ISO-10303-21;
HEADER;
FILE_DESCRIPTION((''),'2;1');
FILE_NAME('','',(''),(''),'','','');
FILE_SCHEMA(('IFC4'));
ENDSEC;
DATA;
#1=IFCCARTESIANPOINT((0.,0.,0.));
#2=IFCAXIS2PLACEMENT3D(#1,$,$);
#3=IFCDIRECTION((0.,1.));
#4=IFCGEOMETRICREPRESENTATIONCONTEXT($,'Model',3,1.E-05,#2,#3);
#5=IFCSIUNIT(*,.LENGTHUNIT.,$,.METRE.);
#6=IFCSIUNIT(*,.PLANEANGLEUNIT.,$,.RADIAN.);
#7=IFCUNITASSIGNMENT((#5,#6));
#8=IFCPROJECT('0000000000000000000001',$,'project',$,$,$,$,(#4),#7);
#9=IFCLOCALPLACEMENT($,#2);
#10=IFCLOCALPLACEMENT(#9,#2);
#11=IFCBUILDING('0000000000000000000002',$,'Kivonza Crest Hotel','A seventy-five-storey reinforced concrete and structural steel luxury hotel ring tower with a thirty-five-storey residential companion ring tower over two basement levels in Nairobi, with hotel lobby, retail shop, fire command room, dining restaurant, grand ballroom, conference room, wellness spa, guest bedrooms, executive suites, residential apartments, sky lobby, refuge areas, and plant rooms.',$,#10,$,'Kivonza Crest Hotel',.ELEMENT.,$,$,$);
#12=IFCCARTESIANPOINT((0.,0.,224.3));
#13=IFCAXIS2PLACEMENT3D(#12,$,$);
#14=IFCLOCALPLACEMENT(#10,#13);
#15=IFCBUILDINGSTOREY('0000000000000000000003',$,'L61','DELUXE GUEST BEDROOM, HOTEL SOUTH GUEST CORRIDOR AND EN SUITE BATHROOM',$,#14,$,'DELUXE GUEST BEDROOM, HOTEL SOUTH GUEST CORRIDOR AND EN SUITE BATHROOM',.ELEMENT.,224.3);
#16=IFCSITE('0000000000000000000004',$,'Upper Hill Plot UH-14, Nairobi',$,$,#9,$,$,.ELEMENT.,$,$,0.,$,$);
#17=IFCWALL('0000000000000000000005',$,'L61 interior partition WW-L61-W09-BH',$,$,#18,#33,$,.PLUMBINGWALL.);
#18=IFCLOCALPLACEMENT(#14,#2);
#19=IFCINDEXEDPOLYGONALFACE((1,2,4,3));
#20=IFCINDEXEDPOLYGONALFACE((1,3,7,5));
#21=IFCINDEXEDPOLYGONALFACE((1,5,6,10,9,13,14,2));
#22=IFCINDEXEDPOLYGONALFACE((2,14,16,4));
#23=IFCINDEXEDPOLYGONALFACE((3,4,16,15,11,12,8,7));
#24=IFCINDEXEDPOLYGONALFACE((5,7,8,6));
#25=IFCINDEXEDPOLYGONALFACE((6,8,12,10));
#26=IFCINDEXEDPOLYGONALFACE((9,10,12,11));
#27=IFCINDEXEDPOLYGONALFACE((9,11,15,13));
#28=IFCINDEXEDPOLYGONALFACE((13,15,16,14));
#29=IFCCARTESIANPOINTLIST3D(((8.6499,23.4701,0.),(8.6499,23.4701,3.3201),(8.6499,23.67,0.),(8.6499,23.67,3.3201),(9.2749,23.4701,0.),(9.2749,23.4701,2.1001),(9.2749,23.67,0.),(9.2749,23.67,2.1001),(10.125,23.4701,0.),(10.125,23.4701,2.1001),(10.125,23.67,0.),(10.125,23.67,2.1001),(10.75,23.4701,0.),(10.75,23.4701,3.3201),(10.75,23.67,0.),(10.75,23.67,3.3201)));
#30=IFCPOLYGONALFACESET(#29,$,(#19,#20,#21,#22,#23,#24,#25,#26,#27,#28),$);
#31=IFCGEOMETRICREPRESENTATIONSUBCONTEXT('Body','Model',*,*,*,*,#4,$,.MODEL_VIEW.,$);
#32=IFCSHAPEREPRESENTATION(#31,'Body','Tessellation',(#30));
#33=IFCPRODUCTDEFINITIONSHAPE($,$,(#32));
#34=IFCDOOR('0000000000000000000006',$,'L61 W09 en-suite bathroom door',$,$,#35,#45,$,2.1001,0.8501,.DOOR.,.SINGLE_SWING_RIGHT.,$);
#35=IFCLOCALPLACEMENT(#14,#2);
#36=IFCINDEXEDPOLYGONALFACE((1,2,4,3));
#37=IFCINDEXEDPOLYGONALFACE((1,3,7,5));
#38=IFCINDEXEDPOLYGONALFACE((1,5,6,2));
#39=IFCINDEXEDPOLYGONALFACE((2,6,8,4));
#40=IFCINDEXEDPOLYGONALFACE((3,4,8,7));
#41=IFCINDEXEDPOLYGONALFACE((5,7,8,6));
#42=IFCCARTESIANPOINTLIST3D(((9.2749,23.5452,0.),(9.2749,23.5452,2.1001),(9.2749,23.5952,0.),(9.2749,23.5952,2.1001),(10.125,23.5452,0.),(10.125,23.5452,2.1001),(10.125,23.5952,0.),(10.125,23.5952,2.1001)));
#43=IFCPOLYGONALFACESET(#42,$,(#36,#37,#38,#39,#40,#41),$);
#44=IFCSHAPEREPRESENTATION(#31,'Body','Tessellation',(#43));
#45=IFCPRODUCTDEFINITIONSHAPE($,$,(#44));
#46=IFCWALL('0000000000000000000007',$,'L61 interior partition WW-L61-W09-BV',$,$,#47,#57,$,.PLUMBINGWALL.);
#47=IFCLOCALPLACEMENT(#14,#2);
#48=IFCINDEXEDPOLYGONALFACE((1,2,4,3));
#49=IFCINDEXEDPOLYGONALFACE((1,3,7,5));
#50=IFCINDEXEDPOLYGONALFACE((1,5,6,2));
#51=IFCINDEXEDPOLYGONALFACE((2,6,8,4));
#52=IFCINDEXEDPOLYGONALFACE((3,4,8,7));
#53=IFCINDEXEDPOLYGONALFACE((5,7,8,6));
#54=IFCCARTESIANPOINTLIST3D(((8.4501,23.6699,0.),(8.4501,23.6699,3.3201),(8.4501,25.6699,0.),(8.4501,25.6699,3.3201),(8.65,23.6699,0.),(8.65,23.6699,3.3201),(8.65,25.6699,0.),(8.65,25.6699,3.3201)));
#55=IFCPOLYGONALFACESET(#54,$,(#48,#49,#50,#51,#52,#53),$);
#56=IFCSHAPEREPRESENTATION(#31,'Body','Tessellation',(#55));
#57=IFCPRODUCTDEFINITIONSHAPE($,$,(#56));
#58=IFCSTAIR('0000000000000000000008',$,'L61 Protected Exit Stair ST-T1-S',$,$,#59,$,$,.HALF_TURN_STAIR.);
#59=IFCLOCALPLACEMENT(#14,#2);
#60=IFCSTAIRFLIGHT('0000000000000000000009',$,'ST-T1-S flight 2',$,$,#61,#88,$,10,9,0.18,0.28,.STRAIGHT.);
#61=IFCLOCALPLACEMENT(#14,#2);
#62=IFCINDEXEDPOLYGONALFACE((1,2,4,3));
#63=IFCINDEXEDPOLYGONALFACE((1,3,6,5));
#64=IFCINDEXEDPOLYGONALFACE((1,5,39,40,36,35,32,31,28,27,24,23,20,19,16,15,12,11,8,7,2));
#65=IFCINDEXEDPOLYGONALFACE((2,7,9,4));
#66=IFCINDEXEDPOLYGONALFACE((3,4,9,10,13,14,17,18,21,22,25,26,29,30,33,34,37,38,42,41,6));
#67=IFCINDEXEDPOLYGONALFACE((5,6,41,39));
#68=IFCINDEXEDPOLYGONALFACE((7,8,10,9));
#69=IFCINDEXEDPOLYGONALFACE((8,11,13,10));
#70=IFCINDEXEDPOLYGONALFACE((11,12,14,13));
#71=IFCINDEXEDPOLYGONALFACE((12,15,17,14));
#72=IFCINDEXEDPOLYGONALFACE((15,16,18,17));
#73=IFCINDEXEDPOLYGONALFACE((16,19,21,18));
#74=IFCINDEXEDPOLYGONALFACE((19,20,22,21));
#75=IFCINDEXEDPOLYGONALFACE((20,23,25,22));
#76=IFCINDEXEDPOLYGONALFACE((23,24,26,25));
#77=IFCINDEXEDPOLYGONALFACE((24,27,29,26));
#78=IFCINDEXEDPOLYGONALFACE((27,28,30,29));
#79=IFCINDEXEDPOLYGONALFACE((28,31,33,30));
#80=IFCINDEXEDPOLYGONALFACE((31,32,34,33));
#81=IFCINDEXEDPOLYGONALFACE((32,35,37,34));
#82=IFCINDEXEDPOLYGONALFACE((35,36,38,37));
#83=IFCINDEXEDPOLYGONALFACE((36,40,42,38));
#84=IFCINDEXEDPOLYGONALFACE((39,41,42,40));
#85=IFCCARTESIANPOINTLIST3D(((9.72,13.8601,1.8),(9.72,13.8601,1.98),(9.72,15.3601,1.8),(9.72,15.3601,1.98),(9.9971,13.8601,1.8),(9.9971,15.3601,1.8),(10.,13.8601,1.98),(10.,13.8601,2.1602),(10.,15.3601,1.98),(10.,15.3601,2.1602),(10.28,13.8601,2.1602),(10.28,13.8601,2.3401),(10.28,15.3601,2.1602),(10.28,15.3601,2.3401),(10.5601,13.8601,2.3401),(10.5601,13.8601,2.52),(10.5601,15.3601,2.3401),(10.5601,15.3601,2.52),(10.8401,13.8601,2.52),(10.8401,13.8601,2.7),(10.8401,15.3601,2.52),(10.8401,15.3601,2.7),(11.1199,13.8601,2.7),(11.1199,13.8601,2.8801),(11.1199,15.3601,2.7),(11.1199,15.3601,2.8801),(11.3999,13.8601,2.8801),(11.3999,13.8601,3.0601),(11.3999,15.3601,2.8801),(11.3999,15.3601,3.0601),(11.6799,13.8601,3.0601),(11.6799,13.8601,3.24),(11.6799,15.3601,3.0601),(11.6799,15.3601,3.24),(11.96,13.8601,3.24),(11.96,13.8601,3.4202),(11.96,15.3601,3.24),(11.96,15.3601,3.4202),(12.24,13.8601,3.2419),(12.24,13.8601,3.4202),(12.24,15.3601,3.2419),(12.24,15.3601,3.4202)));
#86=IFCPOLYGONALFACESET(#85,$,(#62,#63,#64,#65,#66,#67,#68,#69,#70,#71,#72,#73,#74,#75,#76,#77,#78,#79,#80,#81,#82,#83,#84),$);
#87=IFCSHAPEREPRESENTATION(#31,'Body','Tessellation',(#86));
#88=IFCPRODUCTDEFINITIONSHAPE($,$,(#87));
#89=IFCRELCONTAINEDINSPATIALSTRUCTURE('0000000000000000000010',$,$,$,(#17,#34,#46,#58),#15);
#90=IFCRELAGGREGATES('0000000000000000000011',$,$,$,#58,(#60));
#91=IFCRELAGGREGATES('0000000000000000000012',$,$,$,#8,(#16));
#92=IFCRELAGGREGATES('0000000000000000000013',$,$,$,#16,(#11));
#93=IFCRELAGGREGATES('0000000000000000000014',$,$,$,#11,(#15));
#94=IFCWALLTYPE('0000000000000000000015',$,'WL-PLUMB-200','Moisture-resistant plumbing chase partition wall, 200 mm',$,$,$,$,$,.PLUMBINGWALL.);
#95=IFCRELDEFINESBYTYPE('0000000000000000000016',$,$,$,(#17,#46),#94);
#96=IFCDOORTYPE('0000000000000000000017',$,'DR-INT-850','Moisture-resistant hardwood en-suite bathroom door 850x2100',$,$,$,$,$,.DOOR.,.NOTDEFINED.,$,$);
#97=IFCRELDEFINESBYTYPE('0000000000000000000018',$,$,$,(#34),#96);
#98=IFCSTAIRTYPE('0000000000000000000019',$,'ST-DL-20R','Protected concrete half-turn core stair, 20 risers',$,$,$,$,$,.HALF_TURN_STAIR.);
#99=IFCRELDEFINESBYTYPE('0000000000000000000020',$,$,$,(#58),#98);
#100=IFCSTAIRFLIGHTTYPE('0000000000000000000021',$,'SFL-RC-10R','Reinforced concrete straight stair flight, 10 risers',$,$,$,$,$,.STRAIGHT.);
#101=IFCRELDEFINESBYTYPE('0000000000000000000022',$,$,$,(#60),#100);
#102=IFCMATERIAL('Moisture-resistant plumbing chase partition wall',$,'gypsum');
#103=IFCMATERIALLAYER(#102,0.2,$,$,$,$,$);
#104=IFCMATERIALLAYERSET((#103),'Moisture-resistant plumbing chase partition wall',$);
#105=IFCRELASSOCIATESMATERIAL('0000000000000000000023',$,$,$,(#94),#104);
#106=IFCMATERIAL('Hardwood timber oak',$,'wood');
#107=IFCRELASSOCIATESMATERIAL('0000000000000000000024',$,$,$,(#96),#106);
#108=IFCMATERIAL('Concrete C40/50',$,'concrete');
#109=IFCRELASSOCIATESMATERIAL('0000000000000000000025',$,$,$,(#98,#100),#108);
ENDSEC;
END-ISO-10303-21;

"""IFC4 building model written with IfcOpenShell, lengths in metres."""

from ifc_helpers import new_model, si_unit, direction, frame, frame_2d, origin, place, context, subcontext, project, spatial, polyline, rectangle, outline, extrude, material, layer, layer_set, type_object, element, fill, aggregate, save


model = new_model("IFC4")

# Units and contexts
model_context = context("Model", 3, precision=1e-05, world=origin(), true_north=direction((0.0, 1.0)))
body_context = subcontext(model_context, "Body", "Model", "MODEL_VIEW")
ifc_project = project(units=[si_unit("LENGTHUNIT", "METRE"), si_unit("PLANEANGLEUNIT", "RADIAN")], contexts=[model_context])

# Site, building, storey
site_placement = place(None, origin())
site = spatial("IfcSite", under=ifc_project, at=site_placement, Name="Upper Hill Plot UH-14, Nairobi", CompositionType="ELEMENT", RefElevation=0.0)
building_placement = place(site_placement, origin())
building = spatial("IfcBuilding", under=site, at=building_placement, Name="Kivonza Crest Hotel", Description="A seventy-five-storey reinforced concrete and structural steel luxury hotel ring tower with a thirty-five-storey residential companion ring tower over two basement levels in Nairobi, with hotel lobby, retail shop, fire command room, dining restaurant, grand ballroom, conference room, wellness spa, guest bedrooms, executive suites, residential apartments, sky lobby, refuge areas, and plant rooms.", LongName="Kivonza Crest Hotel", CompositionType="ELEMENT")
storey_placement = place(building_placement, frame((0.0, 0.0, 224.3)))
storey = spatial("IfcBuildingStorey", under=building, at=storey_placement, Name="L61", Description="DELUXE GUEST BEDROOM, HOTEL SOUTH GUEST CORRIDOR AND EN SUITE BATHROOM", LongName="DELUXE GUEST BEDROOM, HOTEL SOUTH GUEST CORRIDOR AND EN SUITE BATHROOM", CompositionType="ELEMENT", Elevation=224.3)

# Shared definitions
ifc_material_1 = material(Name="Hardwood timber oak", Category="wood")

# Wall, opening, door
ifc_material_2 = material(Name="Moisture-resistant plumbing chase partition wall", Category="gypsum")
ifc_layer_1 = layer(ifc_material_2, 0.2)
ifc_layer_set_1 = layer_set([ifc_layer_1], Name="Moisture-resistant plumbing chase partition wall")
wall_type_1 = type_object("IfcWallType", Name="WL-PLUMB-200", Description="Moisture-resistant plumbing chase partition wall, 200 mm", PredefinedType="PLUMBINGWALL", material=ifc_layer_set_1)
wall_1_placement = place(storey_placement, frame((8.6499, 23.5701, 0.0), z_axis=(0.0, 0.0, 1.0), x_axis=(1.0, 0.0, 0.0)))
wall_1 = element("IfcWall", 1, at=wall_1_placement, inside=storey, type_object=wall_type_1, Name="L61 interior partition WW-L61-W09-BH", PredefinedType="PLUMBINGWALL", context=body_context, shape_type="SweptSolid", body=[
    extrude(rectangle(XDim=2.1001, YDim=0.2, at=frame_2d((1.05, 0.0))), origin(), (0.0, 0.0, 1.0), 3.3201),
])
opening_1_placement = place(wall_1_placement, frame((0.625, 0.0, 0.0)))
opening_1 = element("IfcOpeningElement", 2, at=opening_1_placement, cuts=wall_1, PredefinedType="OPENING", context=body_context, shape_type="SweptSolid", body=[
    extrude(rectangle(XDim=0.8501, YDim=2.1001, at=frame_2d((0.425, 1.05))), frame((0.0, 0.1099, 0.0), z_axis=(0.0, -1.0, 0.0), x_axis=(1.0, 0.0, 0.0)), (0.0, 0.0, 1.0), 0.22),
])
door_type_1 = type_object("IfcDoorType", Name="DR-INT-850", Description="Moisture-resistant hardwood en-suite bathroom door 850x2100", OperationType="NOTDEFINED", PredefinedType="DOOR", material=ifc_material_1)
door_1_placement = place(opening_1_placement, frame((0.8501, 0.0, 0.0), z_axis=(0.0, 0.0, 1.0), x_axis=(-1.0, 0.0, 0.0)))
door_1 = element("IfcDoor", 3, at=door_1_placement, inside=storey, type_object=door_type_1, Name="L61 W09 en-suite bathroom door", OperationType="SINGLE_SWING_RIGHT", OverallHeight=2.1001, OverallWidth=0.8501, PredefinedType="DOOR", context=body_context, shape_type="SweptSolid", body=[
    extrude(rectangle(XDim=0.8501, YDim=2.1001, at=frame_2d((0.425, 1.05))), frame((0.0, 0.0249, 0.0), z_axis=(0.0, -1.0, 0.0), x_axis=(1.0, 0.0, 0.0)), (0.0, 0.0, 1.0), 0.05),
])
fill(opening_1, door_1)

# Wall
wall_2_placement = place(storey_placement, frame((8.55, 23.6699, 0.0), z_axis=(0.0, 0.0, 1.0), x_axis=(0.0, 1.0, 0.0)))
element("IfcWall", 4, at=wall_2_placement, inside=storey, type_object=wall_type_1, Name="L61 interior partition WW-L61-W09-BV", PredefinedType="PLUMBINGWALL", context=body_context, shape_type="SweptSolid", body=[
    extrude(rectangle(XDim=2.0, YDim=0.2, at=frame_2d((1.0, 0.0))), origin(), (0.0, 0.0, 1.0), 3.3201),
])

# Stair, stair flight
ifc_material_3 = material(Name="Concrete C40/50", Category="concrete")
stair_type = type_object("IfcStairType", Name="ST-DL-20R", Description="Protected concrete half-turn core stair, 20 risers", PredefinedType="HALF_TURN_STAIR", material=ifc_material_3)
stair_placement = place(storey_placement, origin())
stair = element("IfcStair", 5, at=stair_placement, inside=storey, type_object=stair_type, Name="L61 Protected Exit Stair ST-T1-S", PredefinedType="HALF_TURN_STAIR")
stair_flight_type = type_object("IfcStairFlightType", Name="SFL-RC-10R", Description="Reinforced concrete straight stair flight, 10 risers", PredefinedType="STRAIGHT", material=ifc_material_3)
stair_flight_placement = place(storey_placement, frame((9.72, 14.6101, 1.8), z_axis=(0.0, 0.0, 1.0), x_axis=(1.0, 0.0, 0.0)))
stair_flight = element("IfcStairFlight", 6, at=stair_flight_placement, type_object=stair_flight_type, Name="ST-T1-S flight 2", NumberOfRisers=10, NumberOfTreads=9, PredefinedType="STRAIGHT", RiserHeight=0.18, TreadLength=0.28, context=body_context, shape_type="SweptSolid", body=[
    extrude(outline(polyline([(0.0, 0.0), (0.0, 0.1799), (0.28, 0.1799), (0.28, 0.3601), (0.5601, 0.3601), (0.5601, 0.54), (0.8401, 0.54), (0.8401, 0.72), (1.1201, 0.72), (1.1201, 0.8999), (1.3999, 0.8999), (1.3999, 1.0801), (1.6799, 1.0801), (1.6799, 1.26), (1.96, 1.26), (1.96, 1.4399), (2.24, 1.4399), (2.24, 1.6201), (2.52, 1.6201), (2.52, 1.8), (2.52, 1.4419), (0.2771, 0.0), (0.0, 0.0)])), frame((0.0, 0.75, 0.0), z_axis=(0.0, -1.0, 0.0), x_axis=(1.0, 0.0, 0.0)), (0.0, 0.0, 1.0), 1.5),
])
aggregate(stair, [stair_flight])

save(model, "model.ifc")
